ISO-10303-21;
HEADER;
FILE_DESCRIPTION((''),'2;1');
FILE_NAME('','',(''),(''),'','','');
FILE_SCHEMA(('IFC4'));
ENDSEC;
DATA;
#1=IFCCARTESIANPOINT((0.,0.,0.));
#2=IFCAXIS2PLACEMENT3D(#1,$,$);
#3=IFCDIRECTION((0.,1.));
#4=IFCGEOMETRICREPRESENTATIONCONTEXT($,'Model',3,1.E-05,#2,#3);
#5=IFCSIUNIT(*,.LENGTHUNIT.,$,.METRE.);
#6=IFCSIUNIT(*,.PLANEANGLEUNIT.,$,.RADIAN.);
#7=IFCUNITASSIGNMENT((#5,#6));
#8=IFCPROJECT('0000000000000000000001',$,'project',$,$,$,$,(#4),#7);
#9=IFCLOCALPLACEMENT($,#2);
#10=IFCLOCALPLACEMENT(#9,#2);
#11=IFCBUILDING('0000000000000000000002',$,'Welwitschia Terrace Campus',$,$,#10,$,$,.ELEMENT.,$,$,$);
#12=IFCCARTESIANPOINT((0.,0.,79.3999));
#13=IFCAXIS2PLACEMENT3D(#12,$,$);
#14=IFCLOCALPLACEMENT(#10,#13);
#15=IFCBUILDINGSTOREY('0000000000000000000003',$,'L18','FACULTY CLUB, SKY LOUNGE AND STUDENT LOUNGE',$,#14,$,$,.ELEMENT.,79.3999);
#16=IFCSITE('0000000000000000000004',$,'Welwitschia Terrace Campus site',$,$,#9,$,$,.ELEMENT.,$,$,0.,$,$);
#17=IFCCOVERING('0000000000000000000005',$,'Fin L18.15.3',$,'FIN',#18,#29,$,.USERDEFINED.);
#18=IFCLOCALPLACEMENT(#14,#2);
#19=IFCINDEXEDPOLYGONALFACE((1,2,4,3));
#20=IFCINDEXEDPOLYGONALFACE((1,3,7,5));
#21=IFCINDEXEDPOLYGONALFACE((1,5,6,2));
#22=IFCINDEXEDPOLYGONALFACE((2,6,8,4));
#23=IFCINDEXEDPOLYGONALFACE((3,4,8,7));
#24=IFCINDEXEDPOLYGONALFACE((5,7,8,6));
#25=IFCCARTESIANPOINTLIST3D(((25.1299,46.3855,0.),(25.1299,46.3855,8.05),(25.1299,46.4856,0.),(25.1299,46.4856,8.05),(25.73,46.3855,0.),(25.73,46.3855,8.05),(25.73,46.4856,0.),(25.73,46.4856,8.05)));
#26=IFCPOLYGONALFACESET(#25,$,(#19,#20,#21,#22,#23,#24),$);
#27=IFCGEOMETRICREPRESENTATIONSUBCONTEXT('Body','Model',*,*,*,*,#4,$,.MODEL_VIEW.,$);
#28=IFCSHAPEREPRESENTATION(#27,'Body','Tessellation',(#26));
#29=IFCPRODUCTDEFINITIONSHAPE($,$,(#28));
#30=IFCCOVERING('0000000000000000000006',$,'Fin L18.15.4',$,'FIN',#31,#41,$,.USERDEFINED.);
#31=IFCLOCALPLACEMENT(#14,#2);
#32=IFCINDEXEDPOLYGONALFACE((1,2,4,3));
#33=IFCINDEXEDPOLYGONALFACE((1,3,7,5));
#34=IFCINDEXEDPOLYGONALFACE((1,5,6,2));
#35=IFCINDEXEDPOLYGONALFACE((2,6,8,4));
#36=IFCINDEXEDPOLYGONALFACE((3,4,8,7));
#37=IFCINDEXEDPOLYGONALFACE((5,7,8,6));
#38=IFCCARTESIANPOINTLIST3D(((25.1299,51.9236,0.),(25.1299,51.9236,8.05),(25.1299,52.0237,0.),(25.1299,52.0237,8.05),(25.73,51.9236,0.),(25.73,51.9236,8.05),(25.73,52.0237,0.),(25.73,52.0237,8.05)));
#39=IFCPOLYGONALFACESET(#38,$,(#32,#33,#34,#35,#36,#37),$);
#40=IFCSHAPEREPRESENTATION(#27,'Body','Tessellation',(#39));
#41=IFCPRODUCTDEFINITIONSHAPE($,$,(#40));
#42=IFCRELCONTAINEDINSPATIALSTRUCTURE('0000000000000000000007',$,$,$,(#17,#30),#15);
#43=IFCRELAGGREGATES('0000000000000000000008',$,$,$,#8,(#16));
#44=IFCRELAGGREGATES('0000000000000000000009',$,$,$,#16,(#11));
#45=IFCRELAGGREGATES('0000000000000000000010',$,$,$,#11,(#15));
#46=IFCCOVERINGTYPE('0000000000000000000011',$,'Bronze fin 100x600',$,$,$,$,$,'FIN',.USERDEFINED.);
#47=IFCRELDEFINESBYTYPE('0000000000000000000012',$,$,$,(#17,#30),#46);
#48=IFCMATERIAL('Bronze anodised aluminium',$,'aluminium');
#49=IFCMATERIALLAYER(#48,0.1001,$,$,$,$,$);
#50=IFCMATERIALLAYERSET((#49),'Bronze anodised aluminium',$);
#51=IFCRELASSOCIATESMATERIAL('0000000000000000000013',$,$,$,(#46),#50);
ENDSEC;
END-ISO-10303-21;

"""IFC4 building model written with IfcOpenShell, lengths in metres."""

from ifc_helpers import new_model, si_unit, direction, frame, origin, origin_2d, place, context, subcontext, project, spatial, rectangle, extrude, material, layer, layer_set, type_object, element, save


model = new_model("IFC4")

# Units and contexts
model_context = context("Model", 3, precision=1e-05, world=origin(), true_north=direction((0.0, 1.0)))
body_context = subcontext(model_context, "Body", "Model", "MODEL_VIEW")
ifc_project = project(units=[si_unit("LENGTHUNIT", "METRE"), si_unit("PLANEANGLEUNIT", "RADIAN")], contexts=[model_context])

# Site, building, storey
site_placement = place(None, origin())
site = spatial("IfcSite", under=ifc_project, at=site_placement, Name="Welwitschia Terrace Campus site", CompositionType="ELEMENT", RefElevation=0.0)
building_placement = place(site_placement, origin())
building = spatial("IfcBuilding", under=site, at=building_placement, Name="Welwitschia Terrace Campus", CompositionType="ELEMENT")
storey_placement = place(building_placement, frame((0.0, 0.0, 79.3999)))
storey = spatial("IfcBuildingStorey", under=building, at=storey_placement, Name="L18", Description="FACULTY CLUB, SKY LOUNGE AND STUDENT LOUNGE", CompositionType="ELEMENT", Elevation=79.3999)

# Coverings
ifc_material_1 = material(Name="Bronze anodised aluminium", Category="aluminium")
ifc_layer_1 = layer(ifc_material_1, 0.1001)
ifc_layer_set_1 = layer_set([ifc_layer_1], Name="Bronze anodised aluminium")
covering_type = type_object("IfcCoveringType", Name="Bronze fin 100x600", ElementType="FIN", PredefinedType="USERDEFINED", material=ifc_layer_set_1)
for number, where, z_axis, x_axis, name in (
    (1, (25.4299, 46.4355, 0.0), (0.0, 0.0, 1.0), (0.0, 1.0, 0.0), "Fin L18.15.3"),
    (2, (25.4299, 51.9736, 0.0), (0.0, 0.0, 1.0), (0.0, 1.0, 0.0), "Fin L18.15.4"),
):
    element("IfcCovering", number, at=place(storey_placement, frame(where, z_axis=z_axis, x_axis=x_axis)), inside=storey, type_object=covering_type, Name=name, ObjectType="FIN", PredefinedType="USERDEFINED", context=body_context, shape_type="SweptSolid", body=[
        extrude(rectangle(XDim=0.1001, YDim=0.6001, at=origin_2d()), origin(), (0.0, 0.0, 1.0), 8.05),
    ])

save(model, "model.ifc")
